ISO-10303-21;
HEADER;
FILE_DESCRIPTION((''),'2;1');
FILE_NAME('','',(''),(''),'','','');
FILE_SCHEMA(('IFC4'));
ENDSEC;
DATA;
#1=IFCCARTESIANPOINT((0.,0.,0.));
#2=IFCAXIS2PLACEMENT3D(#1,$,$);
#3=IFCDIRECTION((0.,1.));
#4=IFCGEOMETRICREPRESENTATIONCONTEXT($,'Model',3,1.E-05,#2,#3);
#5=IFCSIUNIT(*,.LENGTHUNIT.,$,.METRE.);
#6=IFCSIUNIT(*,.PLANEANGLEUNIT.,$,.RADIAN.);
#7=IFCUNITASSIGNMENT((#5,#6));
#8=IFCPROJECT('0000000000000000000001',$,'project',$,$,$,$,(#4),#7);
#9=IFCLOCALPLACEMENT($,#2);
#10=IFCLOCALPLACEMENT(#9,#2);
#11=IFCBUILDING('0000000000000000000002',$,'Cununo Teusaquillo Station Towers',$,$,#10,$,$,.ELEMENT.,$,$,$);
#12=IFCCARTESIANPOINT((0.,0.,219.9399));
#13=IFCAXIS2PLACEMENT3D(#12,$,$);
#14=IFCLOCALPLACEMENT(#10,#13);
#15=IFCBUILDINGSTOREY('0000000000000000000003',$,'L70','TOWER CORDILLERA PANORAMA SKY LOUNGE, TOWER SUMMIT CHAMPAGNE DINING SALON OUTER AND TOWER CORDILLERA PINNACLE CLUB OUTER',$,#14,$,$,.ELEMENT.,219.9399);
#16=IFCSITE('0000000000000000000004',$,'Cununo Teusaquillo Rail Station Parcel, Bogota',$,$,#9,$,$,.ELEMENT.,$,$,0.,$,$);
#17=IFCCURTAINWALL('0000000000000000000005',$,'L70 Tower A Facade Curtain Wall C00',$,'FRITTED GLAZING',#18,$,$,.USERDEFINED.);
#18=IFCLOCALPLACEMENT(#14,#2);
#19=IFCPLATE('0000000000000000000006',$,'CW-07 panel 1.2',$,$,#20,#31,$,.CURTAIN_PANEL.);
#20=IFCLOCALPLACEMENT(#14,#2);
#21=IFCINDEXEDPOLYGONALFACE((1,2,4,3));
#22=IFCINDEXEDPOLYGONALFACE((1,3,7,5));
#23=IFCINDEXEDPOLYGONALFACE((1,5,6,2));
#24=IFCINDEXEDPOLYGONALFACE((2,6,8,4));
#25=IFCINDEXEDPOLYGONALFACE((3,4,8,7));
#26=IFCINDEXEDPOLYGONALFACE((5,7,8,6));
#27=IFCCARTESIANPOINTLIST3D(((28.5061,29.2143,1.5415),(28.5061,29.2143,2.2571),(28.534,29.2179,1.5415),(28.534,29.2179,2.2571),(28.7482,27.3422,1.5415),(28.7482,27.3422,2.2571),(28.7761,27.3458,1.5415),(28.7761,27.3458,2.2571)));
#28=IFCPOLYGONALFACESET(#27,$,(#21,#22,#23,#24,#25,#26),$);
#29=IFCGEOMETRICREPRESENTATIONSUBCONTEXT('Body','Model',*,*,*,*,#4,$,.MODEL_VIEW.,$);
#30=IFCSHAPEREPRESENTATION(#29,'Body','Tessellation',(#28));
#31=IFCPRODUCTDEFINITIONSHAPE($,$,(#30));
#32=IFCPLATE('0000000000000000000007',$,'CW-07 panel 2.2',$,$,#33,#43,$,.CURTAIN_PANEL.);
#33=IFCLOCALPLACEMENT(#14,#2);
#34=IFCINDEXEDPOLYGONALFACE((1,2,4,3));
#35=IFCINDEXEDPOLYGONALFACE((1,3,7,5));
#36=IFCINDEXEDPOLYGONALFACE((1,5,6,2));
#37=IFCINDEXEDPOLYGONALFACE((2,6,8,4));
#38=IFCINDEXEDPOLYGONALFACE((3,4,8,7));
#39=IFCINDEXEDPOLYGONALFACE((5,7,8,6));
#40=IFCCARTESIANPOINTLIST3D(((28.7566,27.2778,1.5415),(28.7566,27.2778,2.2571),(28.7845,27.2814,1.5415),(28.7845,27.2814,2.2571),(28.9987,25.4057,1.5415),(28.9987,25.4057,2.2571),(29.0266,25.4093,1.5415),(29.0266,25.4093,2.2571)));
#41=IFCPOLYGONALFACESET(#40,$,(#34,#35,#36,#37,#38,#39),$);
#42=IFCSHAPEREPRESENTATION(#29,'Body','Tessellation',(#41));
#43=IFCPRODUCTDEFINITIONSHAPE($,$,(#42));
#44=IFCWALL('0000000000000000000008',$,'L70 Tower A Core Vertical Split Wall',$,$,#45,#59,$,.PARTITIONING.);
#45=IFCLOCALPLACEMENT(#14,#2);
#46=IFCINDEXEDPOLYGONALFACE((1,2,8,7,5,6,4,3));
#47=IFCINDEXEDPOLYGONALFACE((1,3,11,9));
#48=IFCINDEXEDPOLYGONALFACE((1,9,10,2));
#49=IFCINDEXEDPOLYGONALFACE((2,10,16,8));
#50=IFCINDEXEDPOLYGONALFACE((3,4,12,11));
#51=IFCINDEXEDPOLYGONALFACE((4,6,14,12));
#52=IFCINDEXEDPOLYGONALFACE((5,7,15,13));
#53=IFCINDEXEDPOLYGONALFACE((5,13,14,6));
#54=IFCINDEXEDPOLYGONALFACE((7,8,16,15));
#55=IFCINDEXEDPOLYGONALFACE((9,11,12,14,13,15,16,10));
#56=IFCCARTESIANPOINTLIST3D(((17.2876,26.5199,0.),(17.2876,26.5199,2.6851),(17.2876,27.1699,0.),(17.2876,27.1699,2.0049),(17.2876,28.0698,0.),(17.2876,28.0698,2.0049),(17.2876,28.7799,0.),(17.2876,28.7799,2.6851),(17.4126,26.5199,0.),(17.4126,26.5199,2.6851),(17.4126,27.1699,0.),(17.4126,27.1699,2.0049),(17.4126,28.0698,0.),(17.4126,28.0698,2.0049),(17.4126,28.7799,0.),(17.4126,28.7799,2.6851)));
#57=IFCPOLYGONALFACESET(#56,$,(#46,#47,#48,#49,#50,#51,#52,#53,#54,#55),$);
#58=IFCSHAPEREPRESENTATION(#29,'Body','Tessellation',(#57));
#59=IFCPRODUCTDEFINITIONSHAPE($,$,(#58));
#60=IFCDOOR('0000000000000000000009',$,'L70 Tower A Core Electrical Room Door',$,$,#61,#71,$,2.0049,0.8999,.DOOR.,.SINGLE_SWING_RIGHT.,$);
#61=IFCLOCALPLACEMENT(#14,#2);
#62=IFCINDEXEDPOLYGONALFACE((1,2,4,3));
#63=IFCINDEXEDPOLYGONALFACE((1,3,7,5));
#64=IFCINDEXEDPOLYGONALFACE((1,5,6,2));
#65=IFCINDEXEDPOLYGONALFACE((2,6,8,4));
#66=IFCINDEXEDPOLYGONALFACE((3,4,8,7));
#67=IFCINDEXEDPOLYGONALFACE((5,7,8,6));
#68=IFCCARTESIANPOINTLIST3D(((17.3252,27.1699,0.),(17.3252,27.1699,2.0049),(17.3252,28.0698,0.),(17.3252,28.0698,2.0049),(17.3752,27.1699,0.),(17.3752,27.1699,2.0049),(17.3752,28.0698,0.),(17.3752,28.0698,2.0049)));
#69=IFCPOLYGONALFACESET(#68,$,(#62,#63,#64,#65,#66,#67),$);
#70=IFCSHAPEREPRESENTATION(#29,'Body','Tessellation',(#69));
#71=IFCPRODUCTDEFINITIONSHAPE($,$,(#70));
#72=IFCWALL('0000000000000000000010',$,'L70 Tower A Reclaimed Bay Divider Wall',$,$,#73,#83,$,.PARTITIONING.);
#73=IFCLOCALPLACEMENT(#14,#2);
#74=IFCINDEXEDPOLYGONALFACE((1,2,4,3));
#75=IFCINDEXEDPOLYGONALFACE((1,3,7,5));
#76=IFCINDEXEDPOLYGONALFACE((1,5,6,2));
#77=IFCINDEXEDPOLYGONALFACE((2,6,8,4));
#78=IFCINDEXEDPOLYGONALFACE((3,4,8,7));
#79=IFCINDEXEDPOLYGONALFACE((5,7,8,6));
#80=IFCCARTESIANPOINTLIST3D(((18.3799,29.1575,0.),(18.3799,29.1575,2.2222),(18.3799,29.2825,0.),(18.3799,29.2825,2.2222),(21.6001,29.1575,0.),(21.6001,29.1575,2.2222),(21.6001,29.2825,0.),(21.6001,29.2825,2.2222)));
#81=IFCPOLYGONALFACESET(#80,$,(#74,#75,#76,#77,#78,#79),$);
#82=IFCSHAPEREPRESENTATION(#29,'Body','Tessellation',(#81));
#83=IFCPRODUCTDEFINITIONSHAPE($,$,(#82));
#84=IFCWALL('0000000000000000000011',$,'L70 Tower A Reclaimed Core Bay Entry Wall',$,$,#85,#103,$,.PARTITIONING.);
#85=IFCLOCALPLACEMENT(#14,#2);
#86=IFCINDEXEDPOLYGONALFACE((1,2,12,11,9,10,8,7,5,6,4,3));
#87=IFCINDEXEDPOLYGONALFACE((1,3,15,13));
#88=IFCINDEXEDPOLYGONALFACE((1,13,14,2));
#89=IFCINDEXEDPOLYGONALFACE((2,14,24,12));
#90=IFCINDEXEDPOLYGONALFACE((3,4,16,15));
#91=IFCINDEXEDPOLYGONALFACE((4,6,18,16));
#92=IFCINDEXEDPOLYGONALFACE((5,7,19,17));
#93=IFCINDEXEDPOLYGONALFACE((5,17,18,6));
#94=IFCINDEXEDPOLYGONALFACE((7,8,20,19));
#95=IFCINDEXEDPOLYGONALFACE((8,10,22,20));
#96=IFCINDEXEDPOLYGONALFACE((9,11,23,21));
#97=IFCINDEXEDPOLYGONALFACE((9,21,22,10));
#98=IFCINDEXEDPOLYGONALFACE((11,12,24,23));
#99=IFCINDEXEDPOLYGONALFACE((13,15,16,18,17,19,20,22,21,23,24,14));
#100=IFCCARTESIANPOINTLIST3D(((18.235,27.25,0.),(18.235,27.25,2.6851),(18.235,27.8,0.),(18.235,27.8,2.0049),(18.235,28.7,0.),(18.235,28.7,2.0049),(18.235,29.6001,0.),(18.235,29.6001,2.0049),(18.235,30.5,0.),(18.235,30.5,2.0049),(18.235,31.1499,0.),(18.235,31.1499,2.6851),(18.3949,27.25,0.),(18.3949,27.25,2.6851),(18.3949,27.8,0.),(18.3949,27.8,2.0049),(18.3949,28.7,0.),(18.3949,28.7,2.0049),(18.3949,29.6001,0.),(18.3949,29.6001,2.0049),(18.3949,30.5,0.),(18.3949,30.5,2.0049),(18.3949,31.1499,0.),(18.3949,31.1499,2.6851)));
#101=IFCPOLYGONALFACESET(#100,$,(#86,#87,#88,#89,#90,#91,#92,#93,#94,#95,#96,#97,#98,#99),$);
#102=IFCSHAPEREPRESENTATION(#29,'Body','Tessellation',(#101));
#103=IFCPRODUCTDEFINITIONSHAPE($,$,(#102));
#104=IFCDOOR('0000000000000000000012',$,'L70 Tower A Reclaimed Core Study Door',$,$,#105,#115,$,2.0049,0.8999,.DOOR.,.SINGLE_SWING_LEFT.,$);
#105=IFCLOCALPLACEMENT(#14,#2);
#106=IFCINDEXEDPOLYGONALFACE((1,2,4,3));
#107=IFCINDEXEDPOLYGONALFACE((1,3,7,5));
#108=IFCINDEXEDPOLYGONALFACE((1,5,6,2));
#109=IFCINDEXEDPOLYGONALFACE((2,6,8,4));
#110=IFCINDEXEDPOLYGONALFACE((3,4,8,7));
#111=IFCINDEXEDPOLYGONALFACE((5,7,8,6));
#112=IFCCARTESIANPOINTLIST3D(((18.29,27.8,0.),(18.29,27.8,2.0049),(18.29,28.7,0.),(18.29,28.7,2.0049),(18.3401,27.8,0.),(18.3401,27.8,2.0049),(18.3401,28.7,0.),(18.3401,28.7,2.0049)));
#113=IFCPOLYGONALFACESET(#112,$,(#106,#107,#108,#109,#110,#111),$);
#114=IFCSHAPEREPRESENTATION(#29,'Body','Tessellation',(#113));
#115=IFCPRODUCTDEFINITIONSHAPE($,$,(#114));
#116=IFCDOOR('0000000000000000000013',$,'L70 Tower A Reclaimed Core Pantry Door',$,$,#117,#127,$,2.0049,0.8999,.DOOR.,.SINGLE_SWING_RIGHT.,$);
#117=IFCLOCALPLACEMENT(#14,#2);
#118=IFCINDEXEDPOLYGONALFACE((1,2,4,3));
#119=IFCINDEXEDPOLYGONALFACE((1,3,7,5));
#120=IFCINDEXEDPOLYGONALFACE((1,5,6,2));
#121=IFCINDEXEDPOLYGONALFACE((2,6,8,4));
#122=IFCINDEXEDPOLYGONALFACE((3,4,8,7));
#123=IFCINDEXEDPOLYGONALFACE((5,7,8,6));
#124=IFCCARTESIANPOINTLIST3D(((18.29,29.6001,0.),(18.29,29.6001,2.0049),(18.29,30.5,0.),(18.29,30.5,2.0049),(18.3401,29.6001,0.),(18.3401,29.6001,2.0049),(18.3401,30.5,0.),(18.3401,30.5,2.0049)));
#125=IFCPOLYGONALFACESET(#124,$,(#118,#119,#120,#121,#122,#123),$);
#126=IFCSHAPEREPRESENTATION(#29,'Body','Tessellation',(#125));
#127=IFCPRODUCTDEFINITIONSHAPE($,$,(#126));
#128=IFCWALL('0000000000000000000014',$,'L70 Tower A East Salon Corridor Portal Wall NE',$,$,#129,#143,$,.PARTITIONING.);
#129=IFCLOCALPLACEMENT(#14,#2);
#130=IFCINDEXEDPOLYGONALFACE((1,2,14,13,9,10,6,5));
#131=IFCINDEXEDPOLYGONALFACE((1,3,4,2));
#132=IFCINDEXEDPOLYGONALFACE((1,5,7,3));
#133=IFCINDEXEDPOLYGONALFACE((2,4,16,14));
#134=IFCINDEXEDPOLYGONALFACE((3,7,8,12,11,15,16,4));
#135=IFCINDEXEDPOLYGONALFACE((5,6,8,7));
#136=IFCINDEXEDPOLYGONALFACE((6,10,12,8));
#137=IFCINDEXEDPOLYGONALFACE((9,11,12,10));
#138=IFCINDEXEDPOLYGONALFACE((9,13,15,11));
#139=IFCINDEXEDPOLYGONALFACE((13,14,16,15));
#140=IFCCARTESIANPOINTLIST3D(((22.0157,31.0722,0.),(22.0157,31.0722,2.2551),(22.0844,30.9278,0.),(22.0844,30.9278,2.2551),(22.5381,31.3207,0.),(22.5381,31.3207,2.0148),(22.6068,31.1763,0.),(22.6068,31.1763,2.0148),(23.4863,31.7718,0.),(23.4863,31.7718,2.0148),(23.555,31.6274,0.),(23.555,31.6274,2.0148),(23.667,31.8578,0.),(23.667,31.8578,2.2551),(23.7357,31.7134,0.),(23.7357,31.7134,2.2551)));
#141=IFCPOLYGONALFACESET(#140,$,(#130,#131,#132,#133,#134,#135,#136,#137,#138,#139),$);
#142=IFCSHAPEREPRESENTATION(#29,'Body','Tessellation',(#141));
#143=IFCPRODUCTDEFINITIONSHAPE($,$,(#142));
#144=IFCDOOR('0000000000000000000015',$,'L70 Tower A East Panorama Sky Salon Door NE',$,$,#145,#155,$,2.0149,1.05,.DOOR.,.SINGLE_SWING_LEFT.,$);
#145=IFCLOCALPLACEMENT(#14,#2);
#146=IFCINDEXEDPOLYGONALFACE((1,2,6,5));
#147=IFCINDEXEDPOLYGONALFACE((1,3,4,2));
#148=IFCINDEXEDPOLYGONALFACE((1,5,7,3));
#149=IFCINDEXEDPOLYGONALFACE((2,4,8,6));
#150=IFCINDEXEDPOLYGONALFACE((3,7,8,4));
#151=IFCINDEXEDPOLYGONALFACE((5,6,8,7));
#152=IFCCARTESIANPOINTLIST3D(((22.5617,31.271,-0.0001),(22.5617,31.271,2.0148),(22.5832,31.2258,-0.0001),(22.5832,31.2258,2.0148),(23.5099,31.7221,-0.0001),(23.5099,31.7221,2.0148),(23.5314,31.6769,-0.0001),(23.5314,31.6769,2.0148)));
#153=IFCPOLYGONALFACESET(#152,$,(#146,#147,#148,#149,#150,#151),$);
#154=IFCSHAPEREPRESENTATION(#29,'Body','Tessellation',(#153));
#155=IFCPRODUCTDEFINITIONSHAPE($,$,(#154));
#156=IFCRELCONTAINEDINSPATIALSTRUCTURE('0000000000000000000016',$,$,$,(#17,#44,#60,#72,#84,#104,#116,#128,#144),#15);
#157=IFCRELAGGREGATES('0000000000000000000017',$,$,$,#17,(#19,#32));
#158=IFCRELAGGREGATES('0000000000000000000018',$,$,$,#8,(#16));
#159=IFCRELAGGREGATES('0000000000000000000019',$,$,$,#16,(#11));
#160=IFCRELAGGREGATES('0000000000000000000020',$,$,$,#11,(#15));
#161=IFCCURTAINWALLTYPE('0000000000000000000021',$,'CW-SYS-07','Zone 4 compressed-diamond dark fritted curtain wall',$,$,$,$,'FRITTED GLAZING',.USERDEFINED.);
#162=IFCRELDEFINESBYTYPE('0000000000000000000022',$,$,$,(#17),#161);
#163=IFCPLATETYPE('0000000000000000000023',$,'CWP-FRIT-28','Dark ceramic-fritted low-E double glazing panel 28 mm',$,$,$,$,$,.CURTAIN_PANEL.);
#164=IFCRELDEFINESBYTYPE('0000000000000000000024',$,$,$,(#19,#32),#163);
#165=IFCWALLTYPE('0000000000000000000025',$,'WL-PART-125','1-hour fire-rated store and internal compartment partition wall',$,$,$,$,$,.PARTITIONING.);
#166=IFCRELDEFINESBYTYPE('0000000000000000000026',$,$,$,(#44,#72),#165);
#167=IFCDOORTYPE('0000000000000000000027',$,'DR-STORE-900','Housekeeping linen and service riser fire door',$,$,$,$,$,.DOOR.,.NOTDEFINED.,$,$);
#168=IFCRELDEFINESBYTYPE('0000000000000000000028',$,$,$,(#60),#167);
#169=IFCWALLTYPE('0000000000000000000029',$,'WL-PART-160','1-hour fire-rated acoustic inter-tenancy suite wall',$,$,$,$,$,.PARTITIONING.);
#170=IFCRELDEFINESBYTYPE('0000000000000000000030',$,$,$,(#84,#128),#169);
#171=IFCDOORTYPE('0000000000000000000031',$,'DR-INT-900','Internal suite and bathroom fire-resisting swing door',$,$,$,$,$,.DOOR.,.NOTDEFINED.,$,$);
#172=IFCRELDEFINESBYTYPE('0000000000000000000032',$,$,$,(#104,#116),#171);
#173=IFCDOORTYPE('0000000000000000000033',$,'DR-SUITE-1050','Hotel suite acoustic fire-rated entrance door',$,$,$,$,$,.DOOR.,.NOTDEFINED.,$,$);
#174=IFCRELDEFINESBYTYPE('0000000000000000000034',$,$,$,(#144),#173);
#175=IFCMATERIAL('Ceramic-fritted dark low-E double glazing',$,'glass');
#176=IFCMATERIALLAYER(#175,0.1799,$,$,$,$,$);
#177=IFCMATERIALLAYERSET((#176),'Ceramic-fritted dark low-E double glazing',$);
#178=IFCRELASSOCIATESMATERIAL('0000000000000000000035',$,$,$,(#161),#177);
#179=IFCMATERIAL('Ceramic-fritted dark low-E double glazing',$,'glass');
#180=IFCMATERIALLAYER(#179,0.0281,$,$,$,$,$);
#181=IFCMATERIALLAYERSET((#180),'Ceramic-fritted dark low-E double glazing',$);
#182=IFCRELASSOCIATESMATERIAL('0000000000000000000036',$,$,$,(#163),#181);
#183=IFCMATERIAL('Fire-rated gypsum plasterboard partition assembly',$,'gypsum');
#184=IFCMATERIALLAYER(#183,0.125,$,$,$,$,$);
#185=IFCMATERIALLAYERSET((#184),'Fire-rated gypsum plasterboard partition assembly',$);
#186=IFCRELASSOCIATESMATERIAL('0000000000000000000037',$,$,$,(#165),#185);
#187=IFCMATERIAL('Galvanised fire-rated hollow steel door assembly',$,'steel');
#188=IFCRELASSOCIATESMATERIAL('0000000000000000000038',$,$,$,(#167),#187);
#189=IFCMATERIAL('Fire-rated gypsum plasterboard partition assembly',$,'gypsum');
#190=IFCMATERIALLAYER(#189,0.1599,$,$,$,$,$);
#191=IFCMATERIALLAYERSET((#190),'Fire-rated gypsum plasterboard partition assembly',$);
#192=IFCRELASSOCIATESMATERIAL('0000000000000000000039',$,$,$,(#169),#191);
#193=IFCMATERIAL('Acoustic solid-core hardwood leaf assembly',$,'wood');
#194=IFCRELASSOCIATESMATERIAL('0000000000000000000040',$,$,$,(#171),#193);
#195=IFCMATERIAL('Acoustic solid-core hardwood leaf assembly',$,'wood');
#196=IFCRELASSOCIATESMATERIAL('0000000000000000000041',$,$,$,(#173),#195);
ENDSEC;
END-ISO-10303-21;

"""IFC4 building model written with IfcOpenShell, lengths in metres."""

from ifc_helpers import new_model, si_unit, direction, frame, frame_2d, origin, origin_2d, place, context, subcontext, project, spatial, rectangle, extrude, source, transform, mapped, material, layer, layer_set, type_object, element, fill, aggregate, save


model = new_model("IFC4")

# Units and contexts
model_context = context("Model", 3, precision=1e-05, world=origin(), true_north=direction((0.0, 1.0)))
body_context = subcontext(model_context, "Body", "Model", "MODEL_VIEW")
ifc_project = project(units=[si_unit("LENGTHUNIT", "METRE"), si_unit("PLANEANGLEUNIT", "RADIAN")], contexts=[model_context])

# Site, building, storey
site_placement = place(None, origin())
site = spatial("IfcSite", under=ifc_project, at=site_placement, Name="Cununo Teusaquillo Rail Station Parcel, Bogota", CompositionType="ELEMENT", RefElevation=0.0)
building_placement = place(site_placement, origin())
building = spatial("IfcBuilding", under=site, at=building_placement, Name="Cununo Teusaquillo Station Towers", CompositionType="ELEMENT")
storey_placement = place(building_placement, frame((0.0, 0.0, 219.9399)))
storey = spatial("IfcBuildingStorey", under=building, at=storey_placement, Name="L70", Description="TOWER CORDILLERA PANORAMA SKY LOUNGE, TOWER SUMMIT CHAMPAGNE DINING SALON OUTER AND TOWER CORDILLERA PINNACLE CLUB OUTER", CompositionType="ELEMENT", Elevation=219.9399)

# Curtain wall, plates
ifc_material_1 = material(Name="Ceramic-fritted dark low-E double glazing", Category="glass")
ifc_layer_1 = layer(ifc_material_1, 0.1799)
ifc_layer_set_1 = layer_set([ifc_layer_1], Name="Ceramic-fritted dark low-E double glazing")
curtain_wall_type = type_object("IfcCurtainWallType", Name="CW-SYS-07", Description="Zone 4 compressed-diamond dark fritted curtain wall", ElementType="FRITTED GLAZING", PredefinedType="USERDEFINED", material=ifc_layer_set_1)
curtain_wall_placement = place(storey_placement, origin())
curtain_wall = element("IfcCurtainWall", 1, at=curtain_wall_placement, inside=storey, type_object=curtain_wall_type, Name="L70 Tower A Facade Curtain Wall C00", ObjectType="FRITTED GLAZING", PredefinedType="USERDEFINED")
ifc_material_2 = material(Name="Ceramic-fritted dark low-E double glazing", Category="glass")
ifc_layer_2 = layer(ifc_material_2, 0.0281)
ifc_layer_set_2 = layer_set([ifc_layer_2], Name="Ceramic-fritted dark low-E double glazing")
plate_type = type_object("IfcPlateType", Name="CWP-FRIT-28", Description="Dark ceramic-fritted low-E double glazing panel 28 mm", PredefinedType="CURTAIN_PANEL", material=ifc_layer_set_2)
shared_shape_1 = source(origin(), body_context, "Body", "SweptSolid", [
    extrude(rectangle(XDim=1.8877, YDim=0.0281, at=origin_2d()), origin(), (0.0, 0.0, 1.0), 0.7156),
])
plate_1_placement = place(storey_placement, frame((28.6411, 28.28, 1.5415), z_axis=(0.0, 0.0, 1.0), x_axis=(0.128253, -0.991742, 0.0)))
plate_1 = element("IfcPlate", 2, at=plate_1_placement, type_object=plate_type, Name="CW-07 panel 1.2", PredefinedType="CURTAIN_PANEL", context=body_context, shape_type="MappedRepresentation", body=[
    mapped(shared_shape_1, transform((0.0, 0.0, 0.0), x_axis=(1.0, 0.0, 0.0), y_axis=(0.0, 1.0, 0.0), z_axis=(0.0, 0.0, 1.0), scale=1.0)),
])
plate_2_placement = place(storey_placement, frame((28.8916, 26.3435, 1.5415), z_axis=(0.0, 0.0, 1.0), x_axis=(0.128253, -0.991742, 0.0)))
plate_2 = element("IfcPlate", 3, at=plate_2_placement, type_object=plate_type, Name="CW-07 panel 2.2", PredefinedType="CURTAIN_PANEL", context=body_context, shape_type="MappedRepresentation", body=[
    mapped(shared_shape_1, transform((0.0, 0.0, 0.0), x_axis=(1.0, 0.0, 0.0), y_axis=(0.0, 1.0, 0.0), z_axis=(0.0, 0.0, 1.0), scale=1.0)),
])
aggregate(curtain_wall, [plate_1, plate_2])

# Wall, opening, door
ifc_material_3 = material(Name="Fire-rated gypsum plasterboard partition assembly", Category="gypsum")
ifc_layer_3 = layer(ifc_material_3, 0.125)
ifc_layer_set_3 = layer_set([ifc_layer_3], Name="Fire-rated gypsum plasterboard partition assembly")
wall_type_1 = type_object("IfcWallType", Name="WL-PART-125", Description="1-hour fire-rated store and internal compartment partition wall", PredefinedType="PARTITIONING", material=ifc_layer_set_3)
wall_1_placement = place(storey_placement, frame((17.3501, 26.52, 0.0), z_axis=(0.0, 0.0, 1.0), x_axis=(0.0, 1.0, 0.0)))
wall_1 = element("IfcWall", 4, at=wall_1_placement, inside=storey, type_object=wall_type_1, Name="L70 Tower A Core Vertical Split Wall", PredefinedType="PARTITIONING", context=body_context, shape_type="SweptSolid", body=[
    extrude(rectangle(XDim=2.26, YDim=0.125, at=frame_2d((1.1299, 0.0))), origin(), (0.0, 0.0, 1.0), 2.6851),
])
shared_shape_2 = source(origin(), body_context, "Body", "SweptSolid", [
    extrude(rectangle(XDim=0.8999, YDim=2.0049, at=frame_2d((0.45, 1.0024))), frame((0.0, 0.0725, 0.0), z_axis=(0.0, -1.0, 0.0), x_axis=(1.0, 0.0, 0.0)), (0.0, 0.0, 1.0), 0.145),
])
opening_1_placement = place(wall_1_placement, frame((0.6499, 0.0, 0.0)))
opening_1 = element("IfcOpeningElement", 5, at=opening_1_placement, cuts=wall_1, PredefinedType="OPENING", context=body_context, shape_type="MappedRepresentation", body=[
    mapped(shared_shape_2, transform((0.0, 0.0, 0.0), x_axis=(1.0, 0.0, 0.0), y_axis=(0.0, 1.0, 0.0), z_axis=(0.0, 0.0, 1.0), scale=1.0)),
])
ifc_material_4 = material(Name="Galvanised fire-rated hollow steel door assembly", Category="steel")
door_type_1 = type_object("IfcDoorType", Name="DR-STORE-900", Description="Housekeeping linen and service riser fire door", OperationType="NOTDEFINED", PredefinedType="DOOR", material=ifc_material_4)
shared_shape_3 = source(origin(), body_context, "Body", "SweptSolid", [
    extrude(rectangle(XDim=0.8999, YDim=2.0049, at=frame_2d((0.45, 1.0024))), frame((0.0, 0.0249, 0.0), z_axis=(0.0, -1.0, 0.0), x_axis=(1.0, 0.0, 0.0)), (0.0, 0.0, 1.0), 0.05),
])
door_1_placement = place(opening_1_placement, origin())
door_1 = element("IfcDoor", 6, at=door_1_placement, inside=storey, type_object=door_type_1, Name="L70 Tower A Core Electrical Room Door", OperationType="SINGLE_SWING_RIGHT", OverallHeight=2.0049, OverallWidth=0.8999, PredefinedType="DOOR", context=body_context, shape_type="MappedRepresentation", body=[
    mapped(shared_shape_3, transform((0.0, 0.0, 0.0), x_axis=(1.0, 0.0, 0.0), y_axis=(0.0, 1.0, 0.0), z_axis=(0.0, 0.0, 1.0), scale=1.0)),
])
fill(opening_1, door_1)

# Wall
wall_2_placement = place(storey_placement, frame((18.3799, 29.22, 0.0), z_axis=(0.0, 0.0, 1.0), x_axis=(1.0, 0.0, 0.0)))
element("IfcWall", 7, at=wall_2_placement, inside=storey, type_object=wall_type_1, Name="L70 Tower A Reclaimed Bay Divider Wall", PredefinedType="PARTITIONING", context=body_context, shape_type="SweptSolid", body=[
    extrude(rectangle(XDim=3.2202, YDim=0.125, at=frame_2d((1.6101, 0.0))), origin(), (0.0, 0.0, 1.0), 2.2222),
])

# Wall, openings, doors
ifc_material_5 = material(Name="Fire-rated gypsum plasterboard partition assembly", Category="gypsum")
ifc_layer_4 = layer(ifc_material_5, 0.1599)
ifc_layer_set_4 = layer_set([ifc_layer_4], Name="Fire-rated gypsum plasterboard partition assembly")
wall_type_2 = type_object("IfcWallType", Name="WL-PART-160", Description="1-hour fire-rated acoustic inter-tenancy suite wall", PredefinedType="PARTITIONING", material=ifc_layer_set_4)
wall_3_placement = place(storey_placement, frame((18.3149, 27.25, 0.0), z_axis=(0.0, 0.0, 1.0), x_axis=(0.0, 1.0, 0.0)))
wall_3 = element("IfcWall", 8, at=wall_3_placement, inside=storey, type_object=wall_type_2, Name="L70 Tower A Reclaimed Core Bay Entry Wall", PredefinedType="PARTITIONING", context=body_context, shape_type="SweptSolid", body=[
    extrude(rectangle(XDim=3.8999, YDim=0.1599, at=frame_2d((1.95, 0.0))), origin(), (0.0, 0.0, 1.0), 2.6851),
])
shared_shape_4 = source(origin(), body_context, "Body", "SweptSolid", [
    extrude(rectangle(XDim=0.8999, YDim=2.0049, at=frame_2d((0.45, 1.0024))), frame((0.0, 0.0898, 0.0), z_axis=(0.0, -1.0, 0.0), x_axis=(1.0, 0.0, 0.0)), (0.0, 0.0, 1.0), 0.1799),
])
opening_2_placement = place(wall_3_placement, frame((0.55, 0.0, 0.0)))
opening_2 = element("IfcOpeningElement", 9, at=opening_2_placement, cuts=wall_3, PredefinedType="OPENING", context=body_context, shape_type="MappedRepresentation", body=[
    mapped(shared_shape_4, transform((0.0, 0.0, 0.0), x_axis=(1.0, 0.0, 0.0), y_axis=(0.0, 1.0, 0.0), z_axis=(0.0, 0.0, 1.0), scale=1.0)),
])
opening_3_placement = place(wall_3_placement, frame((2.3501, 0.0, 0.0)))
opening_3 = element("IfcOpeningElement", 10, at=opening_3_placement, cuts=wall_3, PredefinedType="OPENING", context=body_context, shape_type="MappedRepresentation", body=[
    mapped(shared_shape_4, transform((0.0, 0.0, 0.0), x_axis=(1.0, 0.0, 0.0), y_axis=(0.0, 1.0, 0.0), z_axis=(0.0, 0.0, 1.0), scale=1.0)),
])
ifc_material_6 = material(Name="Acoustic solid-core hardwood leaf assembly", Category="wood")
door_type_2 = type_object("IfcDoorType", Name="DR-INT-900", Description="Internal suite and bathroom fire-resisting swing door", OperationType="NOTDEFINED", PredefinedType="DOOR", material=ifc_material_6)
door_2_placement = place(opening_2_placement, origin())
door_2 = element("IfcDoor", 11, at=door_2_placement, inside=storey, type_object=door_type_2, Name="L70 Tower A Reclaimed Core Study Door", OperationType="SINGLE_SWING_LEFT", OverallHeight=2.0049, OverallWidth=0.8999, PredefinedType="DOOR", context=body_context, shape_type="MappedRepresentation", body=[
    mapped(shared_shape_3, transform((0.0, 0.0, 0.0), x_axis=(1.0, 0.0, 0.0), y_axis=(0.0, 1.0, 0.0), z_axis=(0.0, 0.0, 1.0), scale=1.0)),
])
fill(opening_2, door_2)
door_3_placement = place(opening_3_placement, origin())
door_3 = element("IfcDoor", 12, at=door_3_placement, inside=storey, type_object=door_type_2, Name="L70 Tower A Reclaimed Core Pantry Door", OperationType="SINGLE_SWING_RIGHT", OverallHeight=2.0049, OverallWidth=0.8999, PredefinedType="DOOR", context=body_context, shape_type="MappedRepresentation", body=[
    mapped(shared_shape_3, transform((0.0, 0.0, 0.0), x_axis=(1.0, 0.0, 0.0), y_axis=(0.0, 1.0, 0.0), z_axis=(0.0, 0.0, 1.0), scale=1.0)),
])
fill(opening_3, door_3)

# Wall, opening, door
wall_4_placement = place(storey_placement, frame((22.05, 31.0, 0.0), z_axis=(0.0, 0.0, 1.0), x_axis=(0.903013, 0.429612, 0.0)))
wall_4 = element("IfcWall", 13, at=wall_4_placement, inside=storey, type_object=wall_type_2, Name="L70 Tower A East Salon Corridor Portal Wall NE", PredefinedType="PARTITIONING", context=body_context, shape_type="SweptSolid", body=[
    extrude(rectangle(XDim=1.8286, YDim=0.1599, at=frame_2d((0.9143, 0.0))), origin(), (0.0, 0.0, 1.0), 2.2551),
])
shared_shape_5 = source(origin(), body_context, "Body", "SweptSolid", [
    extrude(rectangle(XDim=1.05, YDim=2.0149, at=frame_2d((0.5249, 1.0073))), frame((0.0, 0.0898, 0.0), z_axis=(0.0, -1.0, 0.0), x_axis=(1.0, 0.0, 0.0)), (0.0, 0.0, 1.0), 0.1799),
])
opening_4_placement = place(wall_4_placement, frame((0.5786, 0.0, 0.0)))
opening_4 = element("IfcOpeningElement", 14, at=opening_4_placement, cuts=wall_4, PredefinedType="OPENING", context=body_context, shape_type="MappedRepresentation", body=[
    mapped(shared_shape_5, transform((0.0, 0.0, 0.0), x_axis=(1.0, 0.0, 0.0), y_axis=(0.0, 1.0, 0.0), z_axis=(0.0, 0.0, 1.0), scale=1.0)),
])
ifc_material_7 = material(Name="Acoustic solid-core hardwood leaf assembly", Category="wood")
door_type_3 = type_object("IfcDoorType", Name="DR-SUITE-1050", Description="Hotel suite acoustic fire-rated entrance door", OperationType="NOTDEFINED", PredefinedType="DOOR", material=ifc_material_7)
shared_shape_6 = source(origin(), body_context, "Body", "SweptSolid", [
    extrude(rectangle(XDim=1.05, YDim=2.0149, at=frame_2d((0.5249, 1.0073))), frame((0.0, 0.0249, 0.0), z_axis=(0.0, -1.0, 0.0), x_axis=(1.0, 0.0, 0.0)), (0.0, 0.0, 1.0), 0.05),
])
door_4_placement = place(opening_4_placement, origin())
door_4 = element("IfcDoor", 15, at=door_4_placement, inside=storey, type_object=door_type_3, Name="L70 Tower A East Panorama Sky Salon Door NE", OperationType="SINGLE_SWING_LEFT", OverallHeight=2.0149, OverallWidth=1.05, PredefinedType="DOOR", context=body_context, shape_type="MappedRepresentation", body=[
    mapped(shared_shape_6, transform((0.0, 0.0, 0.0), x_axis=(1.0, 0.0, 0.0), y_axis=(0.0, 1.0, 0.0), z_axis=(0.0, 0.0, 1.0), scale=1.0)),
])
fill(opening_4, door_4)

save(model, "model.ifc")
